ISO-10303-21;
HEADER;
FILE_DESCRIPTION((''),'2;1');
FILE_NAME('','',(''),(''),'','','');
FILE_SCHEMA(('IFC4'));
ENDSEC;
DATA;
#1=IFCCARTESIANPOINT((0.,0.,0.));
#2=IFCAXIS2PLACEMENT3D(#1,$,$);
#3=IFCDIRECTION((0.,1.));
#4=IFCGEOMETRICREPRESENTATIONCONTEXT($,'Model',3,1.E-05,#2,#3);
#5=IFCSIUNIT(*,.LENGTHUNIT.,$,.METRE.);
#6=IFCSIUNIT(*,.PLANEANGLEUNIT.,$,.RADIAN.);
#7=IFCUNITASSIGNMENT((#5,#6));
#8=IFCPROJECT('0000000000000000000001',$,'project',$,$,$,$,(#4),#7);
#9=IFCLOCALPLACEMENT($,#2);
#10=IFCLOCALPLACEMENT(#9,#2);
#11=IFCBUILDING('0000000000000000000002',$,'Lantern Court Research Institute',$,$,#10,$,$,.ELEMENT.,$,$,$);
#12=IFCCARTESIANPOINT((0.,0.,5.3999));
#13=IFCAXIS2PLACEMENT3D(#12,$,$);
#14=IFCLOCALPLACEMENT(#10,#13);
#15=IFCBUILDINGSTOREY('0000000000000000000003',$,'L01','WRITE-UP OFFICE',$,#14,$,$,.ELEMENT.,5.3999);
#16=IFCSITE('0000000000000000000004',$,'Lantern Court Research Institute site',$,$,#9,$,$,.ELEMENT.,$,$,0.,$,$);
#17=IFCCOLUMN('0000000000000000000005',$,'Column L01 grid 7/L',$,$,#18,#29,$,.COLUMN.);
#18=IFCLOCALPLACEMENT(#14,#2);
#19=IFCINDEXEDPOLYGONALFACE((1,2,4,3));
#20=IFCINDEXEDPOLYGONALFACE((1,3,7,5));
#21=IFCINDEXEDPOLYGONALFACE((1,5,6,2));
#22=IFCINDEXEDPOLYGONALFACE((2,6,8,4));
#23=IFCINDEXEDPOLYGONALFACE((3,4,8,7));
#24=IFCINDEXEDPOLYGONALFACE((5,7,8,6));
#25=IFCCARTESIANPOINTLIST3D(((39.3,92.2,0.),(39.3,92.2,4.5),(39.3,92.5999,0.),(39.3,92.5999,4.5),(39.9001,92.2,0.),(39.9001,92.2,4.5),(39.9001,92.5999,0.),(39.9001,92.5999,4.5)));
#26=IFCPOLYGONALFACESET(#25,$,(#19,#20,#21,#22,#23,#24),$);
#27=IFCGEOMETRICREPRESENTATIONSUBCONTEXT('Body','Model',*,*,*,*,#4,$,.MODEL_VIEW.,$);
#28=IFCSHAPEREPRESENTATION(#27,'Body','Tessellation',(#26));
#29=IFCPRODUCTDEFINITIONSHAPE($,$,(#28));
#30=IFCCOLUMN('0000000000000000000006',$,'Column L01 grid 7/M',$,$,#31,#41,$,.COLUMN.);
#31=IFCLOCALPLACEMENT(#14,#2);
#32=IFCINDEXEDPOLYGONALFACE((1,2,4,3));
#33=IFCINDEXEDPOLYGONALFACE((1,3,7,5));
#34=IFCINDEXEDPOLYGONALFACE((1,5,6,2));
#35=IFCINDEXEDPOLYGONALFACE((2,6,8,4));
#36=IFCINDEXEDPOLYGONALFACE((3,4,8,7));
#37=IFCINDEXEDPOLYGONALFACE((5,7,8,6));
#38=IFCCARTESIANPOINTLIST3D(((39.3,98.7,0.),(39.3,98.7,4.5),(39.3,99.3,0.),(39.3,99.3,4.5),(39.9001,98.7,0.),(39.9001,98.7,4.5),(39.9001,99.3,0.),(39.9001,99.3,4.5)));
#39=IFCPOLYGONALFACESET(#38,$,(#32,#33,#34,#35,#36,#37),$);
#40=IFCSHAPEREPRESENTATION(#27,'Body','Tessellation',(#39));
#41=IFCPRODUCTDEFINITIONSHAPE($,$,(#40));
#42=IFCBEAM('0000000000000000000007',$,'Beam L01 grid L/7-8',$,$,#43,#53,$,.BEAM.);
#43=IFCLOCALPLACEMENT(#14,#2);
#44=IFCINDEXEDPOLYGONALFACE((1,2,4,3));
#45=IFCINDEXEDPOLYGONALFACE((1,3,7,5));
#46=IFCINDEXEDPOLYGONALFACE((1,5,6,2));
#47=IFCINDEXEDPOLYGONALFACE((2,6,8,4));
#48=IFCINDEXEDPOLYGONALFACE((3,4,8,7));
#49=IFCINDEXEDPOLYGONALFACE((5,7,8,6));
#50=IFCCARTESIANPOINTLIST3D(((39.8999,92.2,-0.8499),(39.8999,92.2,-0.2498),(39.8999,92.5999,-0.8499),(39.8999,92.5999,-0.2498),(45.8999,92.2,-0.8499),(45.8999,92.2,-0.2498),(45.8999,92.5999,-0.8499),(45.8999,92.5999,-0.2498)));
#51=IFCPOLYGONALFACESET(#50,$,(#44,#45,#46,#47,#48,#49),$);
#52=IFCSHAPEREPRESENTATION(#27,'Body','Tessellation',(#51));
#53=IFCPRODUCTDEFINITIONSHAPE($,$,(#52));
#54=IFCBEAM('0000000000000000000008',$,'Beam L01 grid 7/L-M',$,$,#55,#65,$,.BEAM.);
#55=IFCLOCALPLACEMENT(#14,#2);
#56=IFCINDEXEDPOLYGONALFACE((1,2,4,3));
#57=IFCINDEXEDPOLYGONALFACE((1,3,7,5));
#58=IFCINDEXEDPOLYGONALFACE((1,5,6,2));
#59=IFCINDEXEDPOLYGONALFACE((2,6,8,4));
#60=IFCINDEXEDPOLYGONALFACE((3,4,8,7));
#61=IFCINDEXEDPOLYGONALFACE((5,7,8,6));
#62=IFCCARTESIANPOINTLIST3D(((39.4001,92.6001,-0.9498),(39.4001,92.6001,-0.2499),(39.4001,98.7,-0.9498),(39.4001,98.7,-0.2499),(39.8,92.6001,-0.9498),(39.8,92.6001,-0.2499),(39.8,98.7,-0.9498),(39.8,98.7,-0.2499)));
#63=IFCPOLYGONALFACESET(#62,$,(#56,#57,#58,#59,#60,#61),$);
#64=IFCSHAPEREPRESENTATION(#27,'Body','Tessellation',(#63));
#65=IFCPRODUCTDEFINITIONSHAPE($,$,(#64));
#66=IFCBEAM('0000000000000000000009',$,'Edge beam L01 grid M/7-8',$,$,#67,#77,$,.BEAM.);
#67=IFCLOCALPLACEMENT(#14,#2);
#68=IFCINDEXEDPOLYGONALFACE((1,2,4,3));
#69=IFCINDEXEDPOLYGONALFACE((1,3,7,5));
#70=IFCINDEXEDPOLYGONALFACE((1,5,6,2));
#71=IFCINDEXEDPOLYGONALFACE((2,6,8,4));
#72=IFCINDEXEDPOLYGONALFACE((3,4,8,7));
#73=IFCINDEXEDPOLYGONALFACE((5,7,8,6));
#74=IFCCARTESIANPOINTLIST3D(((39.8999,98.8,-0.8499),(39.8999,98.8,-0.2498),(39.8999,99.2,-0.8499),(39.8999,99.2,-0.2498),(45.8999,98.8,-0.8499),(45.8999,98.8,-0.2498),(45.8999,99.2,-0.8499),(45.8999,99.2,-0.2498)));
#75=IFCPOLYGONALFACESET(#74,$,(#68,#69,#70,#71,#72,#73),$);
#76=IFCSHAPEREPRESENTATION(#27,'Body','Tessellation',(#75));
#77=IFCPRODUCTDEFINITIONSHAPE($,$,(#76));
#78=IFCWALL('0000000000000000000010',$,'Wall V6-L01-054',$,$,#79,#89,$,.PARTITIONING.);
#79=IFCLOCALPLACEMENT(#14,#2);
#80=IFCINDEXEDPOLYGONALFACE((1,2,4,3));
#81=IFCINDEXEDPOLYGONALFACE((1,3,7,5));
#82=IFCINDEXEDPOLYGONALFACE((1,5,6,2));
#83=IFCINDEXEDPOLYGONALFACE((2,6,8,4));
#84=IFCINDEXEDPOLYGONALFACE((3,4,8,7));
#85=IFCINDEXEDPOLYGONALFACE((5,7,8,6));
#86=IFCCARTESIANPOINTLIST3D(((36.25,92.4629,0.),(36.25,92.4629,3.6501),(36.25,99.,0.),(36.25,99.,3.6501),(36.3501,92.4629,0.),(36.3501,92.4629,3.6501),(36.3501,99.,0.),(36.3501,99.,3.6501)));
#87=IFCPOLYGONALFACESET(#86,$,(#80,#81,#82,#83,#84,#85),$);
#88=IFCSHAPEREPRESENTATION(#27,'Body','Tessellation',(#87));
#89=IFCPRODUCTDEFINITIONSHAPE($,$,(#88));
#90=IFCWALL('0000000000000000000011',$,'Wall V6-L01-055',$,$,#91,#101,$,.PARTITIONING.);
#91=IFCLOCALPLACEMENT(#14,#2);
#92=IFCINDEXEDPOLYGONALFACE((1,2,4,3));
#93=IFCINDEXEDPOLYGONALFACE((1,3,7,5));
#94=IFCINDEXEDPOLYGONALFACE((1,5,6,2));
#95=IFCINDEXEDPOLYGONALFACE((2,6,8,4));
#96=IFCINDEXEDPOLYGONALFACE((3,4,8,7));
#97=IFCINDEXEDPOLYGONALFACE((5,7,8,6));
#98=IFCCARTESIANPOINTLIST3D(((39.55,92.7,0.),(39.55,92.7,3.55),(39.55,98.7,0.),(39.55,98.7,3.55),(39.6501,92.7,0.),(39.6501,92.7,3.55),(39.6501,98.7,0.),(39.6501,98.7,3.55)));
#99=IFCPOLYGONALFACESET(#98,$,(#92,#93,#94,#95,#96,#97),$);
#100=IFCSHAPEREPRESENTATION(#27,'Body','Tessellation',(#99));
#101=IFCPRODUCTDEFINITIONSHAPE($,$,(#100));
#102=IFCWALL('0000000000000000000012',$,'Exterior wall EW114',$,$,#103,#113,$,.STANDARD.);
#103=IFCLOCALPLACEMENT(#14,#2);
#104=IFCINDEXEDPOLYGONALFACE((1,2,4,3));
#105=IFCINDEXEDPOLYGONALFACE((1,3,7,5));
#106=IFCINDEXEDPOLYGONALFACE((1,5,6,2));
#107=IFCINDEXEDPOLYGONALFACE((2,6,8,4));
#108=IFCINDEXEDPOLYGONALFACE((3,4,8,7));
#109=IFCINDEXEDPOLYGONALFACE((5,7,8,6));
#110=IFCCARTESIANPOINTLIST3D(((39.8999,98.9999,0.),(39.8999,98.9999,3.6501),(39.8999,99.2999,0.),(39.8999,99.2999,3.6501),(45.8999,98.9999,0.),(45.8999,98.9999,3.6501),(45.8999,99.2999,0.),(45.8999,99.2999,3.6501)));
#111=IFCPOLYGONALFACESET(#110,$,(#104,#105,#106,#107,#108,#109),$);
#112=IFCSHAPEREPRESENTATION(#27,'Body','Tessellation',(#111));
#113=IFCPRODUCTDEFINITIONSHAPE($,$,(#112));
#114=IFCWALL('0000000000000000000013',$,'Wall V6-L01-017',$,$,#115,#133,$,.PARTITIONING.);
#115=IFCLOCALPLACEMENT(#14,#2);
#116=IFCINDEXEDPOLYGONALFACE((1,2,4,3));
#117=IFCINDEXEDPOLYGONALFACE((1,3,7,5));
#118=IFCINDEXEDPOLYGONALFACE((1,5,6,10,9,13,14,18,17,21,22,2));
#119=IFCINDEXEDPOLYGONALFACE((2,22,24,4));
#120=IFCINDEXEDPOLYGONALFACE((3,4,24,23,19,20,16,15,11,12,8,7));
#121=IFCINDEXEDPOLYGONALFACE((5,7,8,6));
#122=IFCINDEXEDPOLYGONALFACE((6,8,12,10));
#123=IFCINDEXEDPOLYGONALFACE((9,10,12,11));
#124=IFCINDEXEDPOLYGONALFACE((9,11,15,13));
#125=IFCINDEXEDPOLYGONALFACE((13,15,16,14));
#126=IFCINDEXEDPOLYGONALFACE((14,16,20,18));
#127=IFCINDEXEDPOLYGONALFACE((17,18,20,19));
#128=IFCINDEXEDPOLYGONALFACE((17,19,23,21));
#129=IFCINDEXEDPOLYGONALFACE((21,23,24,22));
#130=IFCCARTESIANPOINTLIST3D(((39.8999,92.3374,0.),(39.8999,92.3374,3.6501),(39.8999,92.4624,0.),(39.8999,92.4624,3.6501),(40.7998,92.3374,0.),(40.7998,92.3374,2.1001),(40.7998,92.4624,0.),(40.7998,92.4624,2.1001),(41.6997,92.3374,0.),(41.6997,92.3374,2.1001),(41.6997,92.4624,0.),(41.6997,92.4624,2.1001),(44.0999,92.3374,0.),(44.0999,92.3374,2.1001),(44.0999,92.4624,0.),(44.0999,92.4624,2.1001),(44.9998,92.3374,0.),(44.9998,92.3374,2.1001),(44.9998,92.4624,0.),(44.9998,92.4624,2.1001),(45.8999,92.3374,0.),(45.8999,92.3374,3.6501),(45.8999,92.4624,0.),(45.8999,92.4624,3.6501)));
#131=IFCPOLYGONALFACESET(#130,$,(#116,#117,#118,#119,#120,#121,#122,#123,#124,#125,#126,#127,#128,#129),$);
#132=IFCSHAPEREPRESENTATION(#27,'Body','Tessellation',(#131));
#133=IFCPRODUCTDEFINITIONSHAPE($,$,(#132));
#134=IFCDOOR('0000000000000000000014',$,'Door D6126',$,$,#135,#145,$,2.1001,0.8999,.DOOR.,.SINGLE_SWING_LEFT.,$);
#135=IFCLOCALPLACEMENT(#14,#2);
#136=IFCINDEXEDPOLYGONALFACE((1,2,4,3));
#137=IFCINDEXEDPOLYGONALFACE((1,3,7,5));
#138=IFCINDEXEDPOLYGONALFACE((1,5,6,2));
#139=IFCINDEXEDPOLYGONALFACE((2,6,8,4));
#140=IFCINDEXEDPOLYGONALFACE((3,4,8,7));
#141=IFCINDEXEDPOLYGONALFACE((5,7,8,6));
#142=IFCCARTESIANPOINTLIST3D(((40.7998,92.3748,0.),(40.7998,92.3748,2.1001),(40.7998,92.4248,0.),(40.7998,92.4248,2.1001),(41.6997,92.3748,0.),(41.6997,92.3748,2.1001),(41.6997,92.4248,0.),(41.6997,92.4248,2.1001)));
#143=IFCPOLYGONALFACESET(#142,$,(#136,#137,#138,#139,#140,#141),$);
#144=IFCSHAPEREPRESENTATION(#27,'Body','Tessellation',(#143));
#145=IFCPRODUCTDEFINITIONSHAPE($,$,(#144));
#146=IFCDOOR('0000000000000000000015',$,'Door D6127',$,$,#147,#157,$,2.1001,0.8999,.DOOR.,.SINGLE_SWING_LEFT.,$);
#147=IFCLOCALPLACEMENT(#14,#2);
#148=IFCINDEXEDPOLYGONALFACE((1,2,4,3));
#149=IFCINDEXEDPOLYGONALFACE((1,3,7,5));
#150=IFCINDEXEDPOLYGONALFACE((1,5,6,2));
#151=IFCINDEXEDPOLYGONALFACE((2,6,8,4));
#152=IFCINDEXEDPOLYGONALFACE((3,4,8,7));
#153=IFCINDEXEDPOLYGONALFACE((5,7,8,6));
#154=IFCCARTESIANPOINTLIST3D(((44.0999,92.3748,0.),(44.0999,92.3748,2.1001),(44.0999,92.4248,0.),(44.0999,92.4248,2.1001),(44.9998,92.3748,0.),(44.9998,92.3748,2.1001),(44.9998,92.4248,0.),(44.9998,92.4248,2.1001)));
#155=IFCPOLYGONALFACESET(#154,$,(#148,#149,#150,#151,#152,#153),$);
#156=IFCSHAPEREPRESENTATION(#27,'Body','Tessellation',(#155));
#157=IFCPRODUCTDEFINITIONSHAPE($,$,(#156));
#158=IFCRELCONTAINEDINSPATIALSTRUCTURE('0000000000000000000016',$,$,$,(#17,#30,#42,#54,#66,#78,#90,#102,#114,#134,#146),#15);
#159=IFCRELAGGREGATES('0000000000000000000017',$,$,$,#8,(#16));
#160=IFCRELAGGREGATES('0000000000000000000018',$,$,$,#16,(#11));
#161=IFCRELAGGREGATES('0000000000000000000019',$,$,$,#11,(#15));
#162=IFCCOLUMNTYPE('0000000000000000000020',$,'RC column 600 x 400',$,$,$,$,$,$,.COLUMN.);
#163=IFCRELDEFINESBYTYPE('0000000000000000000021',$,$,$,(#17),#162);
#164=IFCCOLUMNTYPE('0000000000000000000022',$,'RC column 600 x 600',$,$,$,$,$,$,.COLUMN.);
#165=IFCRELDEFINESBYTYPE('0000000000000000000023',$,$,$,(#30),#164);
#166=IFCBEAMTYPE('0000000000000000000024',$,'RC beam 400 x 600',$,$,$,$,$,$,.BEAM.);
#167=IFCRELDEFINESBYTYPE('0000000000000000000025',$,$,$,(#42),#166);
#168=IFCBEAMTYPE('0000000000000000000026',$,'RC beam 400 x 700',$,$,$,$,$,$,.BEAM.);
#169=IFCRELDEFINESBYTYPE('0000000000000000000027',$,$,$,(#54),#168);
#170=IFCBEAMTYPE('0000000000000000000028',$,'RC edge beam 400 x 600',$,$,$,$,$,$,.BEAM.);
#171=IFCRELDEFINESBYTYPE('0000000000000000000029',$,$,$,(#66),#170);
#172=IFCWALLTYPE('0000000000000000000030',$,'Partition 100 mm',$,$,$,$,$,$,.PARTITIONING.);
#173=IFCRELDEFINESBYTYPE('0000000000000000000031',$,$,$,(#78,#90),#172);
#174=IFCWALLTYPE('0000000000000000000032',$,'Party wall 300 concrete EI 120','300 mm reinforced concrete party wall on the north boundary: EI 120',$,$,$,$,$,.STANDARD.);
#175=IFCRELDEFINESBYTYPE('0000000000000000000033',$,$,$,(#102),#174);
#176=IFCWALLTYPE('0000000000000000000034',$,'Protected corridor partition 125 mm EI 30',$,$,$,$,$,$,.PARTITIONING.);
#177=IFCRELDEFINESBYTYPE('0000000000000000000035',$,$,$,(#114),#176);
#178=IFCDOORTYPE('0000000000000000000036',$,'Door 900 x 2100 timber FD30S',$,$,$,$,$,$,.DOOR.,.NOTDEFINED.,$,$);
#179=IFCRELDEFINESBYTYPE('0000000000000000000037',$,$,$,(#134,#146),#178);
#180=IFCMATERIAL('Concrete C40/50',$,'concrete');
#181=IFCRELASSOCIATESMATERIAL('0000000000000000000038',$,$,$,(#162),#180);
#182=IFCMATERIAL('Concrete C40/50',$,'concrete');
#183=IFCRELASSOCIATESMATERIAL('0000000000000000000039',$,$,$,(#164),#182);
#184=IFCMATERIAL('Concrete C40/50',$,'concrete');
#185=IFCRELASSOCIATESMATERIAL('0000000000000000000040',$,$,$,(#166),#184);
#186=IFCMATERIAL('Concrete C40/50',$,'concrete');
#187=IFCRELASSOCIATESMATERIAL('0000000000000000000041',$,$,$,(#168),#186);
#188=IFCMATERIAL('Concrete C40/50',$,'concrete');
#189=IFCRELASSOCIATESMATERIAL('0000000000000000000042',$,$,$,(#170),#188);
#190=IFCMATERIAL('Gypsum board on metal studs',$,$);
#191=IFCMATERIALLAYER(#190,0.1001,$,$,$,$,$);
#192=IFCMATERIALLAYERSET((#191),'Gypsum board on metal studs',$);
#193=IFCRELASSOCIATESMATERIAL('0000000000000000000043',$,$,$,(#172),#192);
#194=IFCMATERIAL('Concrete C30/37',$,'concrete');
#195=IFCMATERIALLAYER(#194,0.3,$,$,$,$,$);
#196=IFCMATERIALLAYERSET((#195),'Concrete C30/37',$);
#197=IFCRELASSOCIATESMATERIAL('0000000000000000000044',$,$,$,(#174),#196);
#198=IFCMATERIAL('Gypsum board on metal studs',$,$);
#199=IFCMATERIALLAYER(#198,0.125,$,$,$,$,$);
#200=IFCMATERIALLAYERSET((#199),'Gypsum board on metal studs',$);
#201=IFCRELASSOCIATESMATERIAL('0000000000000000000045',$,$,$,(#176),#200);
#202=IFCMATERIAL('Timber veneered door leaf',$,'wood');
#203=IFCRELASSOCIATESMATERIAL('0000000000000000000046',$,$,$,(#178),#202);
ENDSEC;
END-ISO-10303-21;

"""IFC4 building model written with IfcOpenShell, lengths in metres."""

from ifc_helpers import new_model, si_unit, direction, frame, frame_2d, origin, origin_2d, place, context, subcontext, project, spatial, rectangle, extrude, material, layer, layer_set, material_profile, profile_set, type_object, element, fill, save


model = new_model("IFC4")

# Units and contexts
model_context = context("Model", 3, precision=1e-05, world=origin(), true_north=direction((0.0, 1.0)))
body_context = subcontext(model_context, "Body", "Model", "MODEL_VIEW")
ifc_project = project(units=[si_unit("LENGTHUNIT", "METRE"), si_unit("PLANEANGLEUNIT", "RADIAN")], contexts=[model_context])

# Site, building, storey
site_placement = place(None, origin())
site = spatial("IfcSite", under=ifc_project, at=site_placement, Name="Lantern Court Research Institute site", CompositionType="ELEMENT", RefElevation=0.0)
building_placement = place(site_placement, origin())
building = spatial("IfcBuilding", under=site, at=building_placement, Name="Lantern Court Research Institute", CompositionType="ELEMENT")
storey_placement = place(building_placement, frame((0.0, 0.0, 5.3999)))
storey = spatial("IfcBuildingStorey", under=building, at=storey_placement, Name="L01", Description="WRITE-UP OFFICE", CompositionType="ELEMENT", Elevation=5.3999)

# Columns
ifc_material_1 = material(Name="Concrete C40/50", Category="concrete")
ifc_material_profile_1 = material_profile(ifc_material_1, rectangle(XDim=0.6001, YDim=0.3999, at=origin_2d()), Name="RC column 600 x 400")
ifc_profile_set_1 = profile_set([ifc_material_profile_1], Name="Concrete C40/50")
column_type_1 = type_object("IfcColumnType", Name="RC column 600 x 400", PredefinedType="COLUMN", material=ifc_profile_set_1)
column_1_placement = place(storey_placement, frame((39.6001, 92.3999, 0.0), z_axis=(0.0, 0.0, 1.0), x_axis=(1.0, 0.0, 0.0)))
element("IfcColumn", 1, at=column_1_placement, inside=storey, type_object=column_type_1, Name="Column L01 grid 7/L", PredefinedType="COLUMN", context=body_context, shape_type="SweptSolid", body=[
    extrude(rectangle(XDim=0.6001, YDim=0.3999, at=origin_2d()), origin(), (0.0, 0.0, 1.0), 4.5),
])
ifc_material_2 = material(Name="Concrete C40/50", Category="concrete")
ifc_material_profile_2 = material_profile(ifc_material_2, rectangle(XDim=0.6001, YDim=0.6001, at=origin_2d()), Name="RC column 600 x 600")
ifc_profile_set_2 = profile_set([ifc_material_profile_2], Name="Concrete C40/50")
column_type_2 = type_object("IfcColumnType", Name="RC column 600 x 600", PredefinedType="COLUMN", material=ifc_profile_set_2)
column_2_placement = place(storey_placement, frame((39.6001, 99.0, 0.0), z_axis=(0.0, 0.0, 1.0), x_axis=(1.0, 0.0, 0.0)))
element("IfcColumn", 2, at=column_2_placement, inside=storey, type_object=column_type_2, Name="Column L01 grid 7/M", PredefinedType="COLUMN", context=body_context, shape_type="SweptSolid", body=[
    extrude(rectangle(XDim=0.6001, YDim=0.6001, at=origin_2d()), origin(), (0.0, 0.0, 1.0), 4.5),
])

# Beams
ifc_material_3 = material(Name="Concrete C40/50", Category="concrete")
ifc_material_profile_3 = material_profile(ifc_material_3, rectangle(XDim=0.3999, YDim=0.6001, at=origin_2d()), Name="RC beam 400 x 600")
ifc_profile_set_3 = profile_set([ifc_material_profile_3], Name="Concrete C40/50")
beam_type_1 = type_object("IfcBeamType", Name="RC beam 400 x 600", PredefinedType="BEAM", material=ifc_profile_set_3)
beam_1_placement = place(storey_placement, frame((39.8999, 92.3999, -0.5498), z_axis=(1.0, 0.0, 0.0), x_axis=(0.0, 1.0, 0.0)))
element("IfcBeam", 3, at=beam_1_placement, inside=storey, type_object=beam_type_1, Name="Beam L01 grid L/7-8", PredefinedType="BEAM", context=body_context, shape_type="SweptSolid", body=[
    extrude(rectangle(XDim=0.3999, YDim=0.6001, at=origin_2d()), origin(), (0.0, 0.0, 1.0), 6.0),
])
ifc_material_4 = material(Name="Concrete C40/50", Category="concrete")
ifc_material_profile_4 = material_profile(ifc_material_4, rectangle(XDim=0.3999, YDim=0.7, at=origin_2d()), Name="RC beam 400 x 700")
ifc_profile_set_4 = profile_set([ifc_material_profile_4], Name="Concrete C40/50")
beam_type_2 = type_object("IfcBeamType", Name="RC beam 400 x 700", PredefinedType="BEAM", material=ifc_profile_set_4)
beam_2_placement = place(storey_placement, frame((39.6001, 92.6001, -0.5999), z_axis=(0.0, 1.0, 0.0), x_axis=(-1.0, 0.0, 0.0)))
element("IfcBeam", 4, at=beam_2_placement, inside=storey, type_object=beam_type_2, Name="Beam L01 grid 7/L-M", PredefinedType="BEAM", context=body_context, shape_type="SweptSolid", body=[
    extrude(rectangle(XDim=0.3999, YDim=0.7, at=origin_2d()), origin(), (0.0, 0.0, 1.0), 6.0999),
])
ifc_material_5 = material(Name="Concrete C40/50", Category="concrete")
ifc_material_profile_5 = material_profile(ifc_material_5, rectangle(XDim=0.3999, YDim=0.6001, at=origin_2d()), Name="RC beam 400 x 600")
ifc_profile_set_5 = profile_set([ifc_material_profile_5], Name="Concrete C40/50")
beam_type_3 = type_object("IfcBeamType", Name="RC edge beam 400 x 600", PredefinedType="BEAM", material=ifc_profile_set_5)
beam_3_placement = place(storey_placement, frame((39.8999, 99.0, -0.5498), z_axis=(1.0, 0.0, 0.0), x_axis=(0.0, 1.0, 0.0)))
element("IfcBeam", 5, at=beam_3_placement, inside=storey, type_object=beam_type_3, Name="Edge beam L01 grid M/7-8", PredefinedType="BEAM", context=body_context, shape_type="SweptSolid", body=[
    extrude(rectangle(XDim=0.3999, YDim=0.6001, at=origin_2d()), origin(), (0.0, 0.0, 1.0), 6.0),
])

# Walls
ifc_material_6 = material(Name="Gypsum board on metal studs")
ifc_layer_1 = layer(ifc_material_6, 0.1001)
ifc_layer_set_1 = layer_set([ifc_layer_1], Name="Gypsum board on metal studs")
wall_type_1 = type_object("IfcWallType", Name="Partition 100 mm", PredefinedType="PARTITIONING", material=ifc_layer_set_1)
wall_1_placement = place(storey_placement, frame((36.3, 92.4629, 0.0), z_axis=(0.0, 0.0, 1.0), x_axis=(0.0, 1.0, 0.0)))
element("IfcWall", 6, at=wall_1_placement, inside=storey, type_object=wall_type_1, Name="Wall V6-L01-054", PredefinedType="PARTITIONING", context=body_context, shape_type="SweptSolid", body=[
    extrude(rectangle(XDim=6.5371, YDim=0.1001, at=frame_2d((3.2686, 0.0))), origin(), (0.0, 0.0, 1.0), 3.6501),
])
wall_2_placement = place(storey_placement, frame((39.6001, 92.7, 0.0), z_axis=(0.0, 0.0, 1.0), x_axis=(0.0, 1.0, 0.0)))
element("IfcWall", 7, at=wall_2_placement, inside=storey, type_object=wall_type_1, Name="Wall V6-L01-055", PredefinedType="PARTITIONING", context=body_context, shape_type="SweptSolid", body=[
    extrude(rectangle(XDim=6.0, YDim=0.1001, at=frame_2d((3.0, 0.0))), origin(), (0.0, 0.0, 1.0), 3.55),
])
ifc_material_7 = material(Name="Concrete C30/37", Category="concrete")
ifc_layer_2 = layer(ifc_material_7, 0.3)
ifc_layer_set_2 = layer_set([ifc_layer_2], Name="Concrete C30/37")
wall_type_2 = type_object("IfcWallType", Name="Party wall 300 concrete EI 120", Description="300 mm reinforced concrete party wall on the north boundary: EI 120", PredefinedType="STANDARD", material=ifc_layer_set_2)
wall_3_placement = place(storey_placement, frame((39.8999, 99.1499, 0.0), z_axis=(0.0, 0.0, 1.0), x_axis=(1.0, 0.0, 0.0)))
element("IfcWall", 8, at=wall_3_placement, inside=storey, type_object=wall_type_2, Name="Exterior wall EW114", PredefinedType="STANDARD", context=body_context, shape_type="SweptSolid", body=[
    extrude(rectangle(XDim=6.0, YDim=0.3, at=frame_2d((3.0, 0.0))), origin(), (0.0, 0.0, 1.0), 3.6501),
])

# Wall, openings, doors
ifc_material_8 = material(Name="Gypsum board on metal studs")
ifc_layer_3 = layer(ifc_material_8, 0.125)
ifc_layer_set_3 = layer_set([ifc_layer_3], Name="Gypsum board on metal studs")
wall_type_3 = type_object("IfcWallType", Name="Protected corridor partition 125 mm EI 30", PredefinedType="PARTITIONING", material=ifc_layer_set_3)
wall_4_placement = place(storey_placement, frame((39.8999, 92.3999, 0.0), z_axis=(0.0, 0.0, 1.0), x_axis=(1.0, 0.0, 0.0)))
wall_4 = element("IfcWall", 9, at=wall_4_placement, inside=storey, type_object=wall_type_3, Name="Wall V6-L01-017", PredefinedType="PARTITIONING", context=body_context, shape_type="SweptSolid", body=[
    extrude(rectangle(XDim=6.0, YDim=0.125, at=frame_2d((3.0, 0.0))), origin(), (0.0, 0.0, 1.0), 3.6501),
])
opening_1_placement = place(wall_4_placement, frame((0.8999, 0.0, 0.0)))
opening_1 = element("IfcOpeningElement", 10, at=opening_1_placement, cuts=wall_4, PredefinedType="OPENING", context=body_context, shape_type="SweptSolid", body=[
    extrude(rectangle(XDim=0.8999, YDim=2.1001, at=frame_2d((0.45, 1.05))), frame((0.0, 0.0725, 0.0), z_axis=(0.0, -1.0, 0.0), x_axis=(1.0, 0.0, 0.0)), (0.0, 0.0, 1.0), 0.145),
])
opening_2_placement = place(wall_4_placement, frame((4.2, 0.0, 0.0)))
opening_2 = element("IfcOpeningElement", 11, at=opening_2_placement, cuts=wall_4, PredefinedType="OPENING", context=body_context, shape_type="SweptSolid", body=[
    extrude(rectangle(XDim=0.8999, YDim=2.1001, at=frame_2d((0.45, 1.05))), frame((0.0, 0.0725, 0.0), z_axis=(0.0, -1.0, 0.0), x_axis=(1.0, 0.0, 0.0)), (0.0, 0.0, 1.0), 0.145),
])
ifc_material_9 = material(Name="Timber veneered door leaf", Category="wood")
door_type = type_object("IfcDoorType", Name="Door 900 x 2100 timber FD30S", OperationType="NOTDEFINED", PredefinedType="DOOR", material=ifc_material_9)
door_1_placement = place(opening_1_placement, origin())
door_1 = element("IfcDoor", 12, at=door_1_placement, inside=storey, type_object=door_type, Name="Door D6126", OperationType="SINGLE_SWING_LEFT", OverallHeight=2.1001, OverallWidth=0.8999, PredefinedType="DOOR", context=body_context, shape_type="SweptSolid", body=[
    extrude(rectangle(XDim=0.8999, YDim=2.1001, at=frame_2d((0.45, 1.05))), frame((0.0, 0.0249, 0.0), z_axis=(0.0, -1.0, 0.0), x_axis=(1.0, 0.0, 0.0)), (0.0, 0.0, 1.0), 0.05),
])
fill(opening_1, door_1)
door_2_placement = place(opening_2_placement, origin())
door_2 = element("IfcDoor", 13, at=door_2_placement, inside=storey, type_object=door_type, Name="Door D6127", OperationType="SINGLE_SWING_LEFT", OverallHeight=2.1001, OverallWidth=0.8999, PredefinedType="DOOR", context=body_context, shape_type="SweptSolid", body=[
    extrude(rectangle(XDim=0.8999, YDim=2.1001, at=frame_2d((0.45, 1.05))), frame((0.0, 0.0249, 0.0), z_axis=(0.0, -1.0, 0.0), x_axis=(1.0, 0.0, 0.0)), (0.0, 0.0, 1.0), 0.05),
])
fill(opening_2, door_2)

save(model, "model.ifc")
